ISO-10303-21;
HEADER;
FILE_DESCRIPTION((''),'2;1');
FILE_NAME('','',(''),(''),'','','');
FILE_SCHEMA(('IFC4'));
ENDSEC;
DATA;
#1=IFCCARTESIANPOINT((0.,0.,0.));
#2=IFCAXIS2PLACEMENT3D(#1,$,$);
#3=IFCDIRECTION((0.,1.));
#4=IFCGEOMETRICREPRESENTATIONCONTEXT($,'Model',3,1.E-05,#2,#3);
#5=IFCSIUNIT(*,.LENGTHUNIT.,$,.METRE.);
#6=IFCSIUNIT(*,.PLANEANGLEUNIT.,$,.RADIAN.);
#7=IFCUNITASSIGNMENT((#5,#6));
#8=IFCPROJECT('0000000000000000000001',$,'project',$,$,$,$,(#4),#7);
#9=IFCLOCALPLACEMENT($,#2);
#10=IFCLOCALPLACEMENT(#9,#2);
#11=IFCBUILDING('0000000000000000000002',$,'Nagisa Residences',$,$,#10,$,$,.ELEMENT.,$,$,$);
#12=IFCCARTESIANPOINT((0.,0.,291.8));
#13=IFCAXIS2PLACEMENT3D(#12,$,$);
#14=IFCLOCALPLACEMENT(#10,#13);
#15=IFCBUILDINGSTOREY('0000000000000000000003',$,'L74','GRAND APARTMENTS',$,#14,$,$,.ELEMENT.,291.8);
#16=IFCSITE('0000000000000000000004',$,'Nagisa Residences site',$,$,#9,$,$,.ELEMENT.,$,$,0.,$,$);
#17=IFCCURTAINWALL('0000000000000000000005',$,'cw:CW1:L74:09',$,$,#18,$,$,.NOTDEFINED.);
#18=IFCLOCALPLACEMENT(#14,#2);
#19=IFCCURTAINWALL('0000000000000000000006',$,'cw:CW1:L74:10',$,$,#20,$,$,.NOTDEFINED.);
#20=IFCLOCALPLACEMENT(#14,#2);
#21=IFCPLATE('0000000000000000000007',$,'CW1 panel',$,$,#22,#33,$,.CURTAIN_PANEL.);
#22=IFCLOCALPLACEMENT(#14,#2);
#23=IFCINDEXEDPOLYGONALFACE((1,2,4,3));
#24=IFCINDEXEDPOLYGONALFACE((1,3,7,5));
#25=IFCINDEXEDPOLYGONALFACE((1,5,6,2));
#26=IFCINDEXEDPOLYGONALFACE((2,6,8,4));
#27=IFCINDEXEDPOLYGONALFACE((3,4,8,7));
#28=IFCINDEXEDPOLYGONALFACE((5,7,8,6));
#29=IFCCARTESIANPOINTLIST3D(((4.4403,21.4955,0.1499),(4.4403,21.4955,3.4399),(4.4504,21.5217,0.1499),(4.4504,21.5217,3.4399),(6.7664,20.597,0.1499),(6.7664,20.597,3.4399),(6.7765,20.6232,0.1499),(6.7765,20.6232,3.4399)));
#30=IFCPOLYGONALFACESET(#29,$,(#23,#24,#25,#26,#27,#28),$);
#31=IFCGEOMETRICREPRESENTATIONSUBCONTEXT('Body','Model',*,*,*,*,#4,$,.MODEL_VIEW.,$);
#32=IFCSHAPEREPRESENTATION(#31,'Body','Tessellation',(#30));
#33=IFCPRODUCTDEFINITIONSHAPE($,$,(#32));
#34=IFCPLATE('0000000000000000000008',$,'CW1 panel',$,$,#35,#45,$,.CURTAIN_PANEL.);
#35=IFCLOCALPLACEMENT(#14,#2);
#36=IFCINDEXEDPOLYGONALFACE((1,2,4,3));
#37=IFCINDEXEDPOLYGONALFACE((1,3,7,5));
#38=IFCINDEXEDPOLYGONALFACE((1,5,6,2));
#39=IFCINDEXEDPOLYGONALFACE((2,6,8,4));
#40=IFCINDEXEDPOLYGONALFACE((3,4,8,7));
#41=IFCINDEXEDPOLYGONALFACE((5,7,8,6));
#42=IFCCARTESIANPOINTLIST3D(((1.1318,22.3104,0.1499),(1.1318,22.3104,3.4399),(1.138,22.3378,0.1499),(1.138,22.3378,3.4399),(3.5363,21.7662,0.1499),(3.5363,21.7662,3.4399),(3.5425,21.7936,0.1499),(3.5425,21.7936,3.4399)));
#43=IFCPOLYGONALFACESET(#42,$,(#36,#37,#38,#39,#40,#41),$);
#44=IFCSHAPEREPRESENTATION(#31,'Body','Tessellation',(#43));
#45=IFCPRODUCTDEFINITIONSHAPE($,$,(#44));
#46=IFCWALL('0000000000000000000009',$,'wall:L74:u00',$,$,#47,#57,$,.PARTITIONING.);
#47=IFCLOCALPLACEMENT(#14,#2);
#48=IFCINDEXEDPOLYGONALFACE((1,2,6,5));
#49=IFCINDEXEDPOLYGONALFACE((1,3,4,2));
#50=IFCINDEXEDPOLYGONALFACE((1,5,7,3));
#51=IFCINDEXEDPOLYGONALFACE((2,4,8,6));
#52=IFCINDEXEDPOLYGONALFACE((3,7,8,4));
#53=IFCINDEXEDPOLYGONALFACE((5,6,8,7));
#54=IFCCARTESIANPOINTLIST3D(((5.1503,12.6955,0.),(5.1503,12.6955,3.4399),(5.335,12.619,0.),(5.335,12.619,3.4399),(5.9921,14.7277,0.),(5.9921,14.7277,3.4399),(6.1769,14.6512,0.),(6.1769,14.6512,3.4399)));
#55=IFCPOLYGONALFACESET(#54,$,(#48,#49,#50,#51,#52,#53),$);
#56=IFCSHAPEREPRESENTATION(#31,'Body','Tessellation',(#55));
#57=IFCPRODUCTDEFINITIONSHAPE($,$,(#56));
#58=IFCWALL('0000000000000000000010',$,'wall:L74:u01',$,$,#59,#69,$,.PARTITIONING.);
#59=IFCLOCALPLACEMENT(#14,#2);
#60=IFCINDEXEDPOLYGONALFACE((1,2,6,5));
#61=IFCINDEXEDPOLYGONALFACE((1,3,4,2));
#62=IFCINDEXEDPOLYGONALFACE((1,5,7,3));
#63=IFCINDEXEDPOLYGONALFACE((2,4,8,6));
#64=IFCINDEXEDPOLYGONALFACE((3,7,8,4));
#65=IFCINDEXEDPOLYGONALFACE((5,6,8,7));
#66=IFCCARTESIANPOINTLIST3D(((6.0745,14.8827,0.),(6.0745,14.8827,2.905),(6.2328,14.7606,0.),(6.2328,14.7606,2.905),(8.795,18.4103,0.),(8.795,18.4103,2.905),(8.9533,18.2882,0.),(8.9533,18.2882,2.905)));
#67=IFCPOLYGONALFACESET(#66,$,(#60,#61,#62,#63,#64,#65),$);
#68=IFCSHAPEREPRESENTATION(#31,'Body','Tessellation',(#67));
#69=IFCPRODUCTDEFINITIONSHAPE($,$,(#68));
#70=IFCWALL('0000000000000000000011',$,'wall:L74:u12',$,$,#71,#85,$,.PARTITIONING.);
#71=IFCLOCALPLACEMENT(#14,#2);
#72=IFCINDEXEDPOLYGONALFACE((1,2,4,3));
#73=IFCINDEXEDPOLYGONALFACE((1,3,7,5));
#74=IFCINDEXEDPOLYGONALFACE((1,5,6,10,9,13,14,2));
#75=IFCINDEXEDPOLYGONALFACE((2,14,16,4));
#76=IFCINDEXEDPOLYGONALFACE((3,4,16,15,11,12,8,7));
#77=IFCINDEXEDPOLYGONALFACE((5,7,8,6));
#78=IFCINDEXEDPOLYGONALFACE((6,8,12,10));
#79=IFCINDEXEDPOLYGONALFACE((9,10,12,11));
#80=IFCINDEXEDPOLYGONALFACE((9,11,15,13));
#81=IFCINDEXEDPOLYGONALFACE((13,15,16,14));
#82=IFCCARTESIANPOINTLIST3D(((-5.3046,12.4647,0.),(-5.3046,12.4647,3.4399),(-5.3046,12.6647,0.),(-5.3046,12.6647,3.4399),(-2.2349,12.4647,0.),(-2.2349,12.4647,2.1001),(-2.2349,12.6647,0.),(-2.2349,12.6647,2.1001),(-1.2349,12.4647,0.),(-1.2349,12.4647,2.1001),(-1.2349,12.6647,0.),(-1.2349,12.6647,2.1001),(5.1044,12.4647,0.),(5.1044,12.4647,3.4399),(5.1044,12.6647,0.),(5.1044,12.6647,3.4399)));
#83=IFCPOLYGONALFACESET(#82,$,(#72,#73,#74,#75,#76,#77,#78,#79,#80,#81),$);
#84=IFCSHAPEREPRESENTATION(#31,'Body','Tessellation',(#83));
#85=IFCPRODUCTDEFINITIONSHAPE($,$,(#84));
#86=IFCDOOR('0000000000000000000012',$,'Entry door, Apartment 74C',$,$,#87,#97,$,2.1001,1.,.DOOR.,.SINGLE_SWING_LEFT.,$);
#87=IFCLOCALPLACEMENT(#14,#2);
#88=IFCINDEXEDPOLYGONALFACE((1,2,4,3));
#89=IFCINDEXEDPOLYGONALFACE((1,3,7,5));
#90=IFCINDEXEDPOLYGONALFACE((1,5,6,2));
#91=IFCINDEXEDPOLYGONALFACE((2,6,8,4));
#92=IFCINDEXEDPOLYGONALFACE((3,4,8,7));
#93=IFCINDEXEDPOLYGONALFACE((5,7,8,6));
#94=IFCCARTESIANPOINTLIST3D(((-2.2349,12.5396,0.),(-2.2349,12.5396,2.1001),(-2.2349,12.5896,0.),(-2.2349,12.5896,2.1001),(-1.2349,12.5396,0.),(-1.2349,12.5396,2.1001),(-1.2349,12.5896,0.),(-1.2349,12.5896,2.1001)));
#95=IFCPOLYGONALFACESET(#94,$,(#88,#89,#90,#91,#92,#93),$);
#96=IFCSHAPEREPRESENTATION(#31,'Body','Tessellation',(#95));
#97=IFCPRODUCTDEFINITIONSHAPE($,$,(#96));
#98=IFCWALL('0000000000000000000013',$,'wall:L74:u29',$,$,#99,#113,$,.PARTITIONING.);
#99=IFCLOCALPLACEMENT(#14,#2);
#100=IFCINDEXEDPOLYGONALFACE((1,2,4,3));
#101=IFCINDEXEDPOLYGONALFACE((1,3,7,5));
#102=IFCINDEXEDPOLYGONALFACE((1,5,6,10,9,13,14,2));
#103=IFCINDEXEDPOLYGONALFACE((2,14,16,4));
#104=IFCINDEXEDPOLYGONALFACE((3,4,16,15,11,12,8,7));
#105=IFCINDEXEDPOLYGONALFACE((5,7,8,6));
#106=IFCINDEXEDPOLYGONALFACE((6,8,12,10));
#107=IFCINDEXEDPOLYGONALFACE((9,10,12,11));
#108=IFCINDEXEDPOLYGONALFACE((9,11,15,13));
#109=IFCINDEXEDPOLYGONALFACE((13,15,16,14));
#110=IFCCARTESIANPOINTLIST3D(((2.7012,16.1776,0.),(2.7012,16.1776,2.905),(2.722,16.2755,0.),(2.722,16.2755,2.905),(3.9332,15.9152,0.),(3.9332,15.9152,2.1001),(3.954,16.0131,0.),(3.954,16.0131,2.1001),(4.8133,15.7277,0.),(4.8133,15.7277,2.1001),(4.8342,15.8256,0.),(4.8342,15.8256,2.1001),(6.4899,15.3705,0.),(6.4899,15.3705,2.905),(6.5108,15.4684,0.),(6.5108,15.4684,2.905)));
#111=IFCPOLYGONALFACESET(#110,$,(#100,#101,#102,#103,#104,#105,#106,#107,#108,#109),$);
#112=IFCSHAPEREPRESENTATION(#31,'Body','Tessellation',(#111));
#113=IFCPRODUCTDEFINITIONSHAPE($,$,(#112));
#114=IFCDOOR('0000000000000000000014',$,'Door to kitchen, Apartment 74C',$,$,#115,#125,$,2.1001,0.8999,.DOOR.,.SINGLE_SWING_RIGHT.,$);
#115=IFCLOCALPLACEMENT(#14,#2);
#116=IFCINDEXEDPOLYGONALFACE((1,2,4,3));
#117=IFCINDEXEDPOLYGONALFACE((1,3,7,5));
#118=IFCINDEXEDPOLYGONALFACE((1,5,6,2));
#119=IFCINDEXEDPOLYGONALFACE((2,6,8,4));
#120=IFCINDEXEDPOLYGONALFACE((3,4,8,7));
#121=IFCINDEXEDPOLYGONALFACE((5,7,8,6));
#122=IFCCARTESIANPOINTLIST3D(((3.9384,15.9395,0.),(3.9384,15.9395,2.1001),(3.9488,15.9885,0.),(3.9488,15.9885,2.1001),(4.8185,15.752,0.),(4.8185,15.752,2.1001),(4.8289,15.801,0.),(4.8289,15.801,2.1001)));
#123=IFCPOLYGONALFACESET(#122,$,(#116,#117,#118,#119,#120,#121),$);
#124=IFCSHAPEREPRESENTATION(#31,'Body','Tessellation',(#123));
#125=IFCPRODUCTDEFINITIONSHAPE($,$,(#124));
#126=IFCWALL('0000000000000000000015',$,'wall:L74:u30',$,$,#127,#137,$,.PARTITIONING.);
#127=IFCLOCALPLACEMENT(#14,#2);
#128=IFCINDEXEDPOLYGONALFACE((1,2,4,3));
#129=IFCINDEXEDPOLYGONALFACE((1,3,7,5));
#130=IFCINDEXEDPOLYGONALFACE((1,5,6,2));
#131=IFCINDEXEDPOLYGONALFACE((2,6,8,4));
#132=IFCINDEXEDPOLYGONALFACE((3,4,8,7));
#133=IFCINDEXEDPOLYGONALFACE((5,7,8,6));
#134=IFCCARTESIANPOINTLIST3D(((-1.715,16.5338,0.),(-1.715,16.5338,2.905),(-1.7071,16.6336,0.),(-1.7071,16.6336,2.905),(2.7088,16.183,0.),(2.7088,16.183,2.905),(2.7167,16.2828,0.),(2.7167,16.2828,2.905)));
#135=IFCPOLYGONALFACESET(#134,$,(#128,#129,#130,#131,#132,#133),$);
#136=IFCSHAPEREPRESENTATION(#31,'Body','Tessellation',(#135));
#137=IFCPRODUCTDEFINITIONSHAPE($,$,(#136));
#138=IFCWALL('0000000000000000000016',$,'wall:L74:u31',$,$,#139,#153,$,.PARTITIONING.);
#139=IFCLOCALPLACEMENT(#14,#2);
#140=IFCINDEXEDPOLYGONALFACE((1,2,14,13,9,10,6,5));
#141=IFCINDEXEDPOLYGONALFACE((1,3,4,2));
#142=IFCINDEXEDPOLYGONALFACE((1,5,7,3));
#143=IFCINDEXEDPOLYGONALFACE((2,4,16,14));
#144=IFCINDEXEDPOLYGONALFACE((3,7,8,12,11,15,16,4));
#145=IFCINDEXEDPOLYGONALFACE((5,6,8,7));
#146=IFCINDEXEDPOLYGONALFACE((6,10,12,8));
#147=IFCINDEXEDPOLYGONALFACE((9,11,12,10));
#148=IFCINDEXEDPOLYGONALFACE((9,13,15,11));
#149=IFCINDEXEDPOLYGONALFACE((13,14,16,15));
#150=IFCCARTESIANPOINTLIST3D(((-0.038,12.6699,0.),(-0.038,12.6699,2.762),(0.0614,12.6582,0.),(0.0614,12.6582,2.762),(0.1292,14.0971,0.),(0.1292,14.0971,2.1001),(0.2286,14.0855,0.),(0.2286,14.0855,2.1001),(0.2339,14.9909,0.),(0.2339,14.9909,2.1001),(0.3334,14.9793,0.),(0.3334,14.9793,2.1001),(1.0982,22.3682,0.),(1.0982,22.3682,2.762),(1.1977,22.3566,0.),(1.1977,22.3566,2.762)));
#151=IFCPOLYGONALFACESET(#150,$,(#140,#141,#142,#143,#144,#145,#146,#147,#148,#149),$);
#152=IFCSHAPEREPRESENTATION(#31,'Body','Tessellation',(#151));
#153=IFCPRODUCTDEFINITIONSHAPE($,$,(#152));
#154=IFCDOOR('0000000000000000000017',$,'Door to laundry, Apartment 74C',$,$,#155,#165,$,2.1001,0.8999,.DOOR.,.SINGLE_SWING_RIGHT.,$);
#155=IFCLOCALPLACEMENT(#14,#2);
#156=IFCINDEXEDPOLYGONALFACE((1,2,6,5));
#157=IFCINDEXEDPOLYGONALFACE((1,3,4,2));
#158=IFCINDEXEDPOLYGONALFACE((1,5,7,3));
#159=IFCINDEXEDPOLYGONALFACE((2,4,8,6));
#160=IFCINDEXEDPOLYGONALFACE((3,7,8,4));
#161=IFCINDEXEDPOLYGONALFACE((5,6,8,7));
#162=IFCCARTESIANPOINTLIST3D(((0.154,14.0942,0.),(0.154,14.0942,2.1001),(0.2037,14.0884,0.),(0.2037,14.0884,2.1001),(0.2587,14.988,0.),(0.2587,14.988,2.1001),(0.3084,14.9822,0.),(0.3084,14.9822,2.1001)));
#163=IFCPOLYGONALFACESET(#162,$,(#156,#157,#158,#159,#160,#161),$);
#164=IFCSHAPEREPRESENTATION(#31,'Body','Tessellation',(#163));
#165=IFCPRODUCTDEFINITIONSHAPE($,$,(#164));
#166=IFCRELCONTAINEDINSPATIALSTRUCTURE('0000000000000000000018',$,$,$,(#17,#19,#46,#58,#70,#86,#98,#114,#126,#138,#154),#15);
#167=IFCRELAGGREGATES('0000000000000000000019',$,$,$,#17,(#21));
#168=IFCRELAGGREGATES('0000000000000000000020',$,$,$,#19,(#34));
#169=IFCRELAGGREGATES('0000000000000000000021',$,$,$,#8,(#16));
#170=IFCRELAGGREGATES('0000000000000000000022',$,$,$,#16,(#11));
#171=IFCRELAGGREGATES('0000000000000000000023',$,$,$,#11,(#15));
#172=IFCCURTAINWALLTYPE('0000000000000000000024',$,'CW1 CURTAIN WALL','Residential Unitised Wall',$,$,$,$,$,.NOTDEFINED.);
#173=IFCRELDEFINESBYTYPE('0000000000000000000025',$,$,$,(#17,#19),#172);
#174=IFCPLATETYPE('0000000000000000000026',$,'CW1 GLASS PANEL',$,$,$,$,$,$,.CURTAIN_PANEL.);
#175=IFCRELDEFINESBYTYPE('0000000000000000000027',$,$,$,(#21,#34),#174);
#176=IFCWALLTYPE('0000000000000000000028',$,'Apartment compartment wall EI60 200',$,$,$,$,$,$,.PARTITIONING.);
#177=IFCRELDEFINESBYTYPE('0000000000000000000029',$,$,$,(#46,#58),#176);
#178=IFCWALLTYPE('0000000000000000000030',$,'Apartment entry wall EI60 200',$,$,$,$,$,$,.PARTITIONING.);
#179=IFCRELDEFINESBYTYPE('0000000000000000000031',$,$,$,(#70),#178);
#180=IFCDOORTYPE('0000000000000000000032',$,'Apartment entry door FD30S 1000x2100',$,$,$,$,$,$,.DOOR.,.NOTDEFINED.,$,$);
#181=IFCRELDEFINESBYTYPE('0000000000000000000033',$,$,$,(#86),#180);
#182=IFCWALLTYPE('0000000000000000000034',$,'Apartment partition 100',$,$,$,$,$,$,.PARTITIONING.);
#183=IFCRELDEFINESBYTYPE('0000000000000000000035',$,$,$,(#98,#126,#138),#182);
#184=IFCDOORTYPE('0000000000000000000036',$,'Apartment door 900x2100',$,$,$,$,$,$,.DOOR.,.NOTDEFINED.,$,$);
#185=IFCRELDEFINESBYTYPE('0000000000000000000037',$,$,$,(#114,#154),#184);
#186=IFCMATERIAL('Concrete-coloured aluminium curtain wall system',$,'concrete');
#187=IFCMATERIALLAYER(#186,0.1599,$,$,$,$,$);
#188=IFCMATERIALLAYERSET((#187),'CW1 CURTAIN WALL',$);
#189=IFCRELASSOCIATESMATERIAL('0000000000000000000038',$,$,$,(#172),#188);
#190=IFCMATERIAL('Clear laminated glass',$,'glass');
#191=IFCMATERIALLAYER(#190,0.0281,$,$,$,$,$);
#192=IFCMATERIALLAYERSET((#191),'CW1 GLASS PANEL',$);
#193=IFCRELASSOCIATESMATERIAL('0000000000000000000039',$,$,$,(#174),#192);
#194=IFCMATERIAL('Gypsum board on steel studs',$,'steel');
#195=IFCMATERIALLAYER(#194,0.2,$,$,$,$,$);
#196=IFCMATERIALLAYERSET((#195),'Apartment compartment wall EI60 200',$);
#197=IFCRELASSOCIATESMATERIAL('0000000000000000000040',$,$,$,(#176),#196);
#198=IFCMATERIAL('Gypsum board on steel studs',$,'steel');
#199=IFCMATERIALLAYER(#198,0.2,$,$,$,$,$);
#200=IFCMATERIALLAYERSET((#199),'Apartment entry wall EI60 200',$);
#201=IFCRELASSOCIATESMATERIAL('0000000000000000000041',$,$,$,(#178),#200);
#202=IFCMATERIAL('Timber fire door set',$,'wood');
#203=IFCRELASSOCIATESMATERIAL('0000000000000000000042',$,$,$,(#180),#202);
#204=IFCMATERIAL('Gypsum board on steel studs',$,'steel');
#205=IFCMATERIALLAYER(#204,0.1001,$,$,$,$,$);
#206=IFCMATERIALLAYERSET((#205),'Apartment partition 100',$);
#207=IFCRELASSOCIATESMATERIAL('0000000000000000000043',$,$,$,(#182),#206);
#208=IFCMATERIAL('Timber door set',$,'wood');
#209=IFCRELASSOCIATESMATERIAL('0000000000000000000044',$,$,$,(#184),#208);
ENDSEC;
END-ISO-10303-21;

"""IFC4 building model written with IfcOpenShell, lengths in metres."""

from ifc_helpers import new_model, si_unit, direction, frame, frame_2d, origin, origin_2d, place, context, subcontext, project, spatial, rectangle, extrude, material, layer, layer_set, type_object, element, fill, aggregate, save


model = new_model("IFC4")

# Units and contexts
model_context = context("Model", 3, precision=1e-05, world=origin(), true_north=direction((0.0, 1.0)))
body_context = subcontext(model_context, "Body", "Model", "MODEL_VIEW")
ifc_project = project(units=[si_unit("LENGTHUNIT", "METRE"), si_unit("PLANEANGLEUNIT", "RADIAN")], contexts=[model_context])

# Site, building, storey
site_placement = place(None, origin())
site = spatial("IfcSite", under=ifc_project, at=site_placement, Name="Nagisa Residences site", CompositionType="ELEMENT", RefElevation=0.0)
building_placement = place(site_placement, origin())
building = spatial("IfcBuilding", under=site, at=building_placement, Name="Nagisa Residences", CompositionType="ELEMENT")
storey_placement = place(building_placement, frame((0.0, 0.0, 291.8)))
storey = spatial("IfcBuildingStorey", under=building, at=storey_placement, Name="L74", Description="GRAND APARTMENTS", CompositionType="ELEMENT", Elevation=291.8)

# Curtain walls
ifc_material_1 = material(Name="Concrete-coloured aluminium curtain wall system", Category="concrete")
ifc_layer_1 = layer(ifc_material_1, 0.1599)
ifc_layer_set_1 = layer_set([ifc_layer_1], Name="CW1 CURTAIN WALL")
curtain_wall_type = type_object("IfcCurtainWallType", Name="CW1 CURTAIN WALL", Description="Residential Unitised Wall", PredefinedType="NOTDEFINED", material=ifc_layer_set_1)
curtain_wall_1_placement = place(storey_placement, origin())
curtain_wall_1 = element("IfcCurtainWall", 1, at=curtain_wall_1_placement, inside=storey, type_object=curtain_wall_type, Name="cw:CW1:L74:09", PredefinedType="NOTDEFINED")
curtain_wall_2_placement = place(storey_placement, origin())
curtain_wall_2 = element("IfcCurtainWall", 2, at=curtain_wall_2_placement, inside=storey, type_object=curtain_wall_type, Name="cw:CW1:L74:10", PredefinedType="NOTDEFINED")

# Plates
ifc_material_2 = material(Name="Clear laminated glass", Category="glass")
ifc_layer_2 = layer(ifc_material_2, 0.0281)
ifc_layer_set_2 = layer_set([ifc_layer_2], Name="CW1 GLASS PANEL")
plate_type = type_object("IfcPlateType", Name="CW1 GLASS PANEL", PredefinedType="CURTAIN_PANEL", material=ifc_layer_set_2)
plate_1_placement = place(storey_placement, frame((5.6084, 21.0593, 0.1499), z_axis=(0.0, 0.0, 1.0), x_axis=(-0.932826, 0.360328, 0.0)))
plate_1 = element("IfcPlate", 3, at=plate_1_placement, type_object=plate_type, Name="CW1 panel", PredefinedType="CURTAIN_PANEL", context=body_context, shape_type="SweptSolid", body=[
    extrude(rectangle(XDim=2.4937, YDim=0.0281, at=origin_2d()), origin(), (0.0, 0.0, 1.0), 3.29),
])
aggregate(curtain_wall_1, [plate_1])
plate_2_placement = place(storey_placement, frame((2.3372, 22.052, 0.1499), z_axis=(0.0, 0.0, 1.0), x_axis=(-0.975327, 0.220764, 0.0)))
plate_2 = element("IfcPlate", 4, at=plate_2_placement, type_object=plate_type, Name="CW1 panel", PredefinedType="CURTAIN_PANEL", context=body_context, shape_type="SweptSolid", body=[
    extrude(rectangle(XDim=2.4653, YDim=0.0281, at=origin_2d()), origin(), (0.0, 0.0, 1.0), 3.29),
])
aggregate(curtain_wall_2, [plate_2])

# Walls
ifc_material_3 = material(Name="Gypsum board on steel studs", Category="steel")
ifc_layer_3 = layer(ifc_material_3, 0.2)
ifc_layer_set_3 = layer_set([ifc_layer_3], Name="Apartment compartment wall EI60 200")
wall_type_1 = type_object("IfcWallType", Name="Apartment compartment wall EI60 200", PredefinedType="PARTITIONING", material=ifc_layer_set_3)
wall_1_placement = place(storey_placement, frame((5.2427, 12.6572, 0.0), z_axis=(0.0, 0.0, 1.0), x_axis=(0.382692, 0.923876, 0.0)))
element("IfcWall", 5, at=wall_1_placement, inside=storey, type_object=wall_type_1, Name="wall:L74:u00", PredefinedType="PARTITIONING", context=body_context, shape_type="SweptSolid", body=[
    extrude(rectangle(XDim=2.1997, YDim=0.2, at=frame_2d((1.0999, 0.0))), origin(), (0.0, 0.0, 1.0), 3.4399),
])
wall_2_placement = place(storey_placement, frame((6.1536, 14.8215, 0.0), z_axis=(0.0, 0.0, 1.0), x_axis=(0.610688, 0.791872, 0.0)))
element("IfcWall", 6, at=wall_2_placement, inside=storey, type_object=wall_type_1, Name="wall:L74:u01", PredefinedType="PARTITIONING", context=body_context, shape_type="SweptSolid", body=[
    extrude(rectangle(XDim=4.4548, YDim=0.2, at=frame_2d((2.2275, 0.0))), origin(), (0.0, 0.0, 1.0), 2.905),
])

# Walls, openings, doors
ifc_material_4 = material(Name="Gypsum board on steel studs", Category="steel")
ifc_layer_4 = layer(ifc_material_4, 0.2)
ifc_layer_set_4 = layer_set([ifc_layer_4], Name="Apartment entry wall EI60 200")
wall_type_2 = type_object("IfcWallType", Name="Apartment entry wall EI60 200", PredefinedType="PARTITIONING", material=ifc_layer_set_4)
wall_3_placement = place(storey_placement, frame((5.1045, 12.5647, 0.0), z_axis=(0.0, 0.0, 1.0), x_axis=(-1.0, 0.0, 0.0)))
wall_3 = element("IfcWall", 7, at=wall_3_placement, inside=storey, type_object=wall_type_2, Name="wall:L74:u12", PredefinedType="PARTITIONING", context=body_context, shape_type="SweptSolid", body=[
    extrude(rectangle(XDim=10.4089, YDim=0.2, at=frame_2d((5.2046, 0.0))), origin(), (0.0, 0.0, 1.0), 3.4399),
])
opening_1_placement = place(wall_3_placement, frame((6.3394, 0.0, 0.0)))
opening_1 = element("IfcOpeningElement", 8, at=opening_1_placement, cuts=wall_3, PredefinedType="OPENING", context=body_context, shape_type="SweptSolid", body=[
    extrude(rectangle(XDim=1.0, YDim=2.1001, at=frame_2d((0.5, 1.05))), frame((0.0, 0.1099, 0.0), z_axis=(0.0, -1.0, 0.0), x_axis=(1.0, 0.0, 0.0)), (0.0, 0.0, 1.0), 0.22),
])
ifc_material_5 = material(Name="Timber fire door set", Category="wood")
door_type_1 = type_object("IfcDoorType", Name="Apartment entry door FD30S 1000x2100", OperationType="NOTDEFINED", PredefinedType="DOOR", material=ifc_material_5)
door_1_placement = place(opening_1_placement, frame((1.0, 0.0, 0.0), x_axis=(-1.0, 0.0, 0.0)))
door_1 = element("IfcDoor", 9, at=door_1_placement, inside=storey, type_object=door_type_1, Name="Entry door, Apartment 74C", OperationType="SINGLE_SWING_LEFT", OverallHeight=2.1001, OverallWidth=1.0, PredefinedType="DOOR", context=body_context, shape_type="SweptSolid", body=[
    extrude(rectangle(XDim=1.0, YDim=2.1001, at=frame_2d((0.5, 1.05))), frame((0.0, 0.0249, 0.0), z_axis=(0.0, -1.0, 0.0), x_axis=(1.0, 0.0, 0.0)), (0.0, 0.0, 1.0), 0.05),
])
fill(opening_1, door_1)
ifc_material_6 = material(Name="Gypsum board on steel studs", Category="steel")
ifc_layer_5 = layer(ifc_material_6, 0.1001)
ifc_layer_set_5 = layer_set([ifc_layer_5], Name="Apartment partition 100")
wall_type_3 = type_object("IfcWallType", Name="Apartment partition 100", PredefinedType="PARTITIONING", material=ifc_layer_set_5)
wall_4_placement = place(storey_placement, frame((6.5005, 15.4194, 0.0), z_axis=(0.0, 0.0, 1.0), x_axis=(-0.978053, 0.208354, 0.0)))
wall_4 = element("IfcWall", 10, at=wall_4_placement, inside=storey, type_object=wall_type_3, Name="wall:L74:u29", PredefinedType="PARTITIONING", context=body_context, shape_type="SweptSolid", body=[
    extrude(rectangle(XDim=3.8738, YDim=0.1001, at=frame_2d((1.937, 0.0))), origin(), (0.0, 0.0, 1.0), 2.905),
])
opening_2_placement = place(wall_4_placement, frame((1.7144, 0.0, 0.0)))
opening_2 = element("IfcOpeningElement", 11, at=opening_2_placement, cuts=wall_4, PredefinedType="OPENING", context=body_context, shape_type="SweptSolid", body=[
    extrude(rectangle(XDim=0.8999, YDim=2.1001, at=frame_2d((0.45, 1.05))), frame((0.0, 0.0601, 0.0), z_axis=(0.0, -1.0, 0.0), x_axis=(1.0, 0.0, 0.0)), (0.0, 0.0, 1.0), 0.1201),
])
ifc_material_7 = material(Name="Timber door set", Category="wood")
door_type_2 = type_object("IfcDoorType", Name="Apartment door 900x2100", OperationType="NOTDEFINED", PredefinedType="DOOR", material=ifc_material_7)
door_2_placement = place(opening_2_placement, frame((0.8999, 0.0, 0.0), x_axis=(-1.0, 0.0, 0.0)))
door_2 = element("IfcDoor", 12, at=door_2_placement, inside=storey, type_object=door_type_2, Name="Door to kitchen, Apartment 74C", OperationType="SINGLE_SWING_RIGHT", OverallHeight=2.1001, OverallWidth=0.8999, PredefinedType="DOOR", context=body_context, shape_type="SweptSolid", body=[
    extrude(rectangle(XDim=0.8999, YDim=2.1001, at=frame_2d((0.45, 1.05))), frame((0.0, 0.0249, 0.0), z_axis=(0.0, -1.0, 0.0), x_axis=(1.0, 0.0, 0.0)), (0.0, 0.0, 1.0), 0.05),
])
fill(opening_2, door_2)

# Wall
wall_5_placement = place(storey_placement, frame((2.7126, 16.2329, 0.0), z_axis=(0.0, 0.0, 1.0), x_axis=(-0.99687, 0.079056, 0.0)))
element("IfcWall", 13, at=wall_5_placement, inside=storey, type_object=wall_type_3, Name="wall:L74:u30", PredefinedType="PARTITIONING", context=body_context, shape_type="SweptSolid", body=[
    extrude(rectangle(XDim=4.4377, YDim=0.1001, at=frame_2d((2.2188, 0.0))), origin(), (0.0, 0.0, 1.0), 2.905),
])

# Wall, opening, door
wall_6_placement = place(storey_placement, frame((0.0117, 12.6641, 0.0), z_axis=(0.0, 0.0, 1.0), x_axis=(0.116363, 0.993207, 0.0)))
wall_6 = element("IfcWall", 14, at=wall_6_placement, inside=storey, type_object=wall_type_3, Name="wall:L74:u31", PredefinedType="PARTITIONING", context=body_context, shape_type="SweptSolid", body=[
    extrude(rectangle(XDim=9.7646, YDim=0.1001, at=frame_2d((4.8823, 0.0))), origin(), (0.0, 0.0, 1.0), 2.762),
])
opening_3_placement = place(wall_6_placement, frame((1.437, 0.0, 0.0)))
opening_3 = element("IfcOpeningElement", 15, at=opening_3_placement, cuts=wall_6, PredefinedType="OPENING", context=body_context, shape_type="SweptSolid", body=[
    extrude(rectangle(XDim=0.8999, YDim=2.1001, at=frame_2d((0.45, 1.05))), frame((0.0, 0.0601, 0.0), z_axis=(0.0, -1.0, 0.0), x_axis=(1.0, 0.0, 0.0)), (0.0, 0.0, 1.0), 0.1201),
])
door_3_placement = place(opening_3_placement, frame((0.8999, 0.0, 0.0), x_axis=(-1.0, 0.0, 0.0)))
door_3 = element("IfcDoor", 16, at=door_3_placement, inside=storey, type_object=door_type_2, Name="Door to laundry, Apartment 74C", OperationType="SINGLE_SWING_RIGHT", OverallHeight=2.1001, OverallWidth=0.8999, PredefinedType="DOOR", context=body_context, shape_type="SweptSolid", body=[
    extrude(rectangle(XDim=0.8999, YDim=2.1001, at=frame_2d((0.45, 1.05))), frame((0.0, 0.0249, 0.0), z_axis=(0.0, -1.0, 0.0), x_axis=(1.0, 0.0, 0.0)), (0.0, 0.0, 1.0), 0.05),
])
fill(opening_3, door_3)

save(model, "model.ifc")
